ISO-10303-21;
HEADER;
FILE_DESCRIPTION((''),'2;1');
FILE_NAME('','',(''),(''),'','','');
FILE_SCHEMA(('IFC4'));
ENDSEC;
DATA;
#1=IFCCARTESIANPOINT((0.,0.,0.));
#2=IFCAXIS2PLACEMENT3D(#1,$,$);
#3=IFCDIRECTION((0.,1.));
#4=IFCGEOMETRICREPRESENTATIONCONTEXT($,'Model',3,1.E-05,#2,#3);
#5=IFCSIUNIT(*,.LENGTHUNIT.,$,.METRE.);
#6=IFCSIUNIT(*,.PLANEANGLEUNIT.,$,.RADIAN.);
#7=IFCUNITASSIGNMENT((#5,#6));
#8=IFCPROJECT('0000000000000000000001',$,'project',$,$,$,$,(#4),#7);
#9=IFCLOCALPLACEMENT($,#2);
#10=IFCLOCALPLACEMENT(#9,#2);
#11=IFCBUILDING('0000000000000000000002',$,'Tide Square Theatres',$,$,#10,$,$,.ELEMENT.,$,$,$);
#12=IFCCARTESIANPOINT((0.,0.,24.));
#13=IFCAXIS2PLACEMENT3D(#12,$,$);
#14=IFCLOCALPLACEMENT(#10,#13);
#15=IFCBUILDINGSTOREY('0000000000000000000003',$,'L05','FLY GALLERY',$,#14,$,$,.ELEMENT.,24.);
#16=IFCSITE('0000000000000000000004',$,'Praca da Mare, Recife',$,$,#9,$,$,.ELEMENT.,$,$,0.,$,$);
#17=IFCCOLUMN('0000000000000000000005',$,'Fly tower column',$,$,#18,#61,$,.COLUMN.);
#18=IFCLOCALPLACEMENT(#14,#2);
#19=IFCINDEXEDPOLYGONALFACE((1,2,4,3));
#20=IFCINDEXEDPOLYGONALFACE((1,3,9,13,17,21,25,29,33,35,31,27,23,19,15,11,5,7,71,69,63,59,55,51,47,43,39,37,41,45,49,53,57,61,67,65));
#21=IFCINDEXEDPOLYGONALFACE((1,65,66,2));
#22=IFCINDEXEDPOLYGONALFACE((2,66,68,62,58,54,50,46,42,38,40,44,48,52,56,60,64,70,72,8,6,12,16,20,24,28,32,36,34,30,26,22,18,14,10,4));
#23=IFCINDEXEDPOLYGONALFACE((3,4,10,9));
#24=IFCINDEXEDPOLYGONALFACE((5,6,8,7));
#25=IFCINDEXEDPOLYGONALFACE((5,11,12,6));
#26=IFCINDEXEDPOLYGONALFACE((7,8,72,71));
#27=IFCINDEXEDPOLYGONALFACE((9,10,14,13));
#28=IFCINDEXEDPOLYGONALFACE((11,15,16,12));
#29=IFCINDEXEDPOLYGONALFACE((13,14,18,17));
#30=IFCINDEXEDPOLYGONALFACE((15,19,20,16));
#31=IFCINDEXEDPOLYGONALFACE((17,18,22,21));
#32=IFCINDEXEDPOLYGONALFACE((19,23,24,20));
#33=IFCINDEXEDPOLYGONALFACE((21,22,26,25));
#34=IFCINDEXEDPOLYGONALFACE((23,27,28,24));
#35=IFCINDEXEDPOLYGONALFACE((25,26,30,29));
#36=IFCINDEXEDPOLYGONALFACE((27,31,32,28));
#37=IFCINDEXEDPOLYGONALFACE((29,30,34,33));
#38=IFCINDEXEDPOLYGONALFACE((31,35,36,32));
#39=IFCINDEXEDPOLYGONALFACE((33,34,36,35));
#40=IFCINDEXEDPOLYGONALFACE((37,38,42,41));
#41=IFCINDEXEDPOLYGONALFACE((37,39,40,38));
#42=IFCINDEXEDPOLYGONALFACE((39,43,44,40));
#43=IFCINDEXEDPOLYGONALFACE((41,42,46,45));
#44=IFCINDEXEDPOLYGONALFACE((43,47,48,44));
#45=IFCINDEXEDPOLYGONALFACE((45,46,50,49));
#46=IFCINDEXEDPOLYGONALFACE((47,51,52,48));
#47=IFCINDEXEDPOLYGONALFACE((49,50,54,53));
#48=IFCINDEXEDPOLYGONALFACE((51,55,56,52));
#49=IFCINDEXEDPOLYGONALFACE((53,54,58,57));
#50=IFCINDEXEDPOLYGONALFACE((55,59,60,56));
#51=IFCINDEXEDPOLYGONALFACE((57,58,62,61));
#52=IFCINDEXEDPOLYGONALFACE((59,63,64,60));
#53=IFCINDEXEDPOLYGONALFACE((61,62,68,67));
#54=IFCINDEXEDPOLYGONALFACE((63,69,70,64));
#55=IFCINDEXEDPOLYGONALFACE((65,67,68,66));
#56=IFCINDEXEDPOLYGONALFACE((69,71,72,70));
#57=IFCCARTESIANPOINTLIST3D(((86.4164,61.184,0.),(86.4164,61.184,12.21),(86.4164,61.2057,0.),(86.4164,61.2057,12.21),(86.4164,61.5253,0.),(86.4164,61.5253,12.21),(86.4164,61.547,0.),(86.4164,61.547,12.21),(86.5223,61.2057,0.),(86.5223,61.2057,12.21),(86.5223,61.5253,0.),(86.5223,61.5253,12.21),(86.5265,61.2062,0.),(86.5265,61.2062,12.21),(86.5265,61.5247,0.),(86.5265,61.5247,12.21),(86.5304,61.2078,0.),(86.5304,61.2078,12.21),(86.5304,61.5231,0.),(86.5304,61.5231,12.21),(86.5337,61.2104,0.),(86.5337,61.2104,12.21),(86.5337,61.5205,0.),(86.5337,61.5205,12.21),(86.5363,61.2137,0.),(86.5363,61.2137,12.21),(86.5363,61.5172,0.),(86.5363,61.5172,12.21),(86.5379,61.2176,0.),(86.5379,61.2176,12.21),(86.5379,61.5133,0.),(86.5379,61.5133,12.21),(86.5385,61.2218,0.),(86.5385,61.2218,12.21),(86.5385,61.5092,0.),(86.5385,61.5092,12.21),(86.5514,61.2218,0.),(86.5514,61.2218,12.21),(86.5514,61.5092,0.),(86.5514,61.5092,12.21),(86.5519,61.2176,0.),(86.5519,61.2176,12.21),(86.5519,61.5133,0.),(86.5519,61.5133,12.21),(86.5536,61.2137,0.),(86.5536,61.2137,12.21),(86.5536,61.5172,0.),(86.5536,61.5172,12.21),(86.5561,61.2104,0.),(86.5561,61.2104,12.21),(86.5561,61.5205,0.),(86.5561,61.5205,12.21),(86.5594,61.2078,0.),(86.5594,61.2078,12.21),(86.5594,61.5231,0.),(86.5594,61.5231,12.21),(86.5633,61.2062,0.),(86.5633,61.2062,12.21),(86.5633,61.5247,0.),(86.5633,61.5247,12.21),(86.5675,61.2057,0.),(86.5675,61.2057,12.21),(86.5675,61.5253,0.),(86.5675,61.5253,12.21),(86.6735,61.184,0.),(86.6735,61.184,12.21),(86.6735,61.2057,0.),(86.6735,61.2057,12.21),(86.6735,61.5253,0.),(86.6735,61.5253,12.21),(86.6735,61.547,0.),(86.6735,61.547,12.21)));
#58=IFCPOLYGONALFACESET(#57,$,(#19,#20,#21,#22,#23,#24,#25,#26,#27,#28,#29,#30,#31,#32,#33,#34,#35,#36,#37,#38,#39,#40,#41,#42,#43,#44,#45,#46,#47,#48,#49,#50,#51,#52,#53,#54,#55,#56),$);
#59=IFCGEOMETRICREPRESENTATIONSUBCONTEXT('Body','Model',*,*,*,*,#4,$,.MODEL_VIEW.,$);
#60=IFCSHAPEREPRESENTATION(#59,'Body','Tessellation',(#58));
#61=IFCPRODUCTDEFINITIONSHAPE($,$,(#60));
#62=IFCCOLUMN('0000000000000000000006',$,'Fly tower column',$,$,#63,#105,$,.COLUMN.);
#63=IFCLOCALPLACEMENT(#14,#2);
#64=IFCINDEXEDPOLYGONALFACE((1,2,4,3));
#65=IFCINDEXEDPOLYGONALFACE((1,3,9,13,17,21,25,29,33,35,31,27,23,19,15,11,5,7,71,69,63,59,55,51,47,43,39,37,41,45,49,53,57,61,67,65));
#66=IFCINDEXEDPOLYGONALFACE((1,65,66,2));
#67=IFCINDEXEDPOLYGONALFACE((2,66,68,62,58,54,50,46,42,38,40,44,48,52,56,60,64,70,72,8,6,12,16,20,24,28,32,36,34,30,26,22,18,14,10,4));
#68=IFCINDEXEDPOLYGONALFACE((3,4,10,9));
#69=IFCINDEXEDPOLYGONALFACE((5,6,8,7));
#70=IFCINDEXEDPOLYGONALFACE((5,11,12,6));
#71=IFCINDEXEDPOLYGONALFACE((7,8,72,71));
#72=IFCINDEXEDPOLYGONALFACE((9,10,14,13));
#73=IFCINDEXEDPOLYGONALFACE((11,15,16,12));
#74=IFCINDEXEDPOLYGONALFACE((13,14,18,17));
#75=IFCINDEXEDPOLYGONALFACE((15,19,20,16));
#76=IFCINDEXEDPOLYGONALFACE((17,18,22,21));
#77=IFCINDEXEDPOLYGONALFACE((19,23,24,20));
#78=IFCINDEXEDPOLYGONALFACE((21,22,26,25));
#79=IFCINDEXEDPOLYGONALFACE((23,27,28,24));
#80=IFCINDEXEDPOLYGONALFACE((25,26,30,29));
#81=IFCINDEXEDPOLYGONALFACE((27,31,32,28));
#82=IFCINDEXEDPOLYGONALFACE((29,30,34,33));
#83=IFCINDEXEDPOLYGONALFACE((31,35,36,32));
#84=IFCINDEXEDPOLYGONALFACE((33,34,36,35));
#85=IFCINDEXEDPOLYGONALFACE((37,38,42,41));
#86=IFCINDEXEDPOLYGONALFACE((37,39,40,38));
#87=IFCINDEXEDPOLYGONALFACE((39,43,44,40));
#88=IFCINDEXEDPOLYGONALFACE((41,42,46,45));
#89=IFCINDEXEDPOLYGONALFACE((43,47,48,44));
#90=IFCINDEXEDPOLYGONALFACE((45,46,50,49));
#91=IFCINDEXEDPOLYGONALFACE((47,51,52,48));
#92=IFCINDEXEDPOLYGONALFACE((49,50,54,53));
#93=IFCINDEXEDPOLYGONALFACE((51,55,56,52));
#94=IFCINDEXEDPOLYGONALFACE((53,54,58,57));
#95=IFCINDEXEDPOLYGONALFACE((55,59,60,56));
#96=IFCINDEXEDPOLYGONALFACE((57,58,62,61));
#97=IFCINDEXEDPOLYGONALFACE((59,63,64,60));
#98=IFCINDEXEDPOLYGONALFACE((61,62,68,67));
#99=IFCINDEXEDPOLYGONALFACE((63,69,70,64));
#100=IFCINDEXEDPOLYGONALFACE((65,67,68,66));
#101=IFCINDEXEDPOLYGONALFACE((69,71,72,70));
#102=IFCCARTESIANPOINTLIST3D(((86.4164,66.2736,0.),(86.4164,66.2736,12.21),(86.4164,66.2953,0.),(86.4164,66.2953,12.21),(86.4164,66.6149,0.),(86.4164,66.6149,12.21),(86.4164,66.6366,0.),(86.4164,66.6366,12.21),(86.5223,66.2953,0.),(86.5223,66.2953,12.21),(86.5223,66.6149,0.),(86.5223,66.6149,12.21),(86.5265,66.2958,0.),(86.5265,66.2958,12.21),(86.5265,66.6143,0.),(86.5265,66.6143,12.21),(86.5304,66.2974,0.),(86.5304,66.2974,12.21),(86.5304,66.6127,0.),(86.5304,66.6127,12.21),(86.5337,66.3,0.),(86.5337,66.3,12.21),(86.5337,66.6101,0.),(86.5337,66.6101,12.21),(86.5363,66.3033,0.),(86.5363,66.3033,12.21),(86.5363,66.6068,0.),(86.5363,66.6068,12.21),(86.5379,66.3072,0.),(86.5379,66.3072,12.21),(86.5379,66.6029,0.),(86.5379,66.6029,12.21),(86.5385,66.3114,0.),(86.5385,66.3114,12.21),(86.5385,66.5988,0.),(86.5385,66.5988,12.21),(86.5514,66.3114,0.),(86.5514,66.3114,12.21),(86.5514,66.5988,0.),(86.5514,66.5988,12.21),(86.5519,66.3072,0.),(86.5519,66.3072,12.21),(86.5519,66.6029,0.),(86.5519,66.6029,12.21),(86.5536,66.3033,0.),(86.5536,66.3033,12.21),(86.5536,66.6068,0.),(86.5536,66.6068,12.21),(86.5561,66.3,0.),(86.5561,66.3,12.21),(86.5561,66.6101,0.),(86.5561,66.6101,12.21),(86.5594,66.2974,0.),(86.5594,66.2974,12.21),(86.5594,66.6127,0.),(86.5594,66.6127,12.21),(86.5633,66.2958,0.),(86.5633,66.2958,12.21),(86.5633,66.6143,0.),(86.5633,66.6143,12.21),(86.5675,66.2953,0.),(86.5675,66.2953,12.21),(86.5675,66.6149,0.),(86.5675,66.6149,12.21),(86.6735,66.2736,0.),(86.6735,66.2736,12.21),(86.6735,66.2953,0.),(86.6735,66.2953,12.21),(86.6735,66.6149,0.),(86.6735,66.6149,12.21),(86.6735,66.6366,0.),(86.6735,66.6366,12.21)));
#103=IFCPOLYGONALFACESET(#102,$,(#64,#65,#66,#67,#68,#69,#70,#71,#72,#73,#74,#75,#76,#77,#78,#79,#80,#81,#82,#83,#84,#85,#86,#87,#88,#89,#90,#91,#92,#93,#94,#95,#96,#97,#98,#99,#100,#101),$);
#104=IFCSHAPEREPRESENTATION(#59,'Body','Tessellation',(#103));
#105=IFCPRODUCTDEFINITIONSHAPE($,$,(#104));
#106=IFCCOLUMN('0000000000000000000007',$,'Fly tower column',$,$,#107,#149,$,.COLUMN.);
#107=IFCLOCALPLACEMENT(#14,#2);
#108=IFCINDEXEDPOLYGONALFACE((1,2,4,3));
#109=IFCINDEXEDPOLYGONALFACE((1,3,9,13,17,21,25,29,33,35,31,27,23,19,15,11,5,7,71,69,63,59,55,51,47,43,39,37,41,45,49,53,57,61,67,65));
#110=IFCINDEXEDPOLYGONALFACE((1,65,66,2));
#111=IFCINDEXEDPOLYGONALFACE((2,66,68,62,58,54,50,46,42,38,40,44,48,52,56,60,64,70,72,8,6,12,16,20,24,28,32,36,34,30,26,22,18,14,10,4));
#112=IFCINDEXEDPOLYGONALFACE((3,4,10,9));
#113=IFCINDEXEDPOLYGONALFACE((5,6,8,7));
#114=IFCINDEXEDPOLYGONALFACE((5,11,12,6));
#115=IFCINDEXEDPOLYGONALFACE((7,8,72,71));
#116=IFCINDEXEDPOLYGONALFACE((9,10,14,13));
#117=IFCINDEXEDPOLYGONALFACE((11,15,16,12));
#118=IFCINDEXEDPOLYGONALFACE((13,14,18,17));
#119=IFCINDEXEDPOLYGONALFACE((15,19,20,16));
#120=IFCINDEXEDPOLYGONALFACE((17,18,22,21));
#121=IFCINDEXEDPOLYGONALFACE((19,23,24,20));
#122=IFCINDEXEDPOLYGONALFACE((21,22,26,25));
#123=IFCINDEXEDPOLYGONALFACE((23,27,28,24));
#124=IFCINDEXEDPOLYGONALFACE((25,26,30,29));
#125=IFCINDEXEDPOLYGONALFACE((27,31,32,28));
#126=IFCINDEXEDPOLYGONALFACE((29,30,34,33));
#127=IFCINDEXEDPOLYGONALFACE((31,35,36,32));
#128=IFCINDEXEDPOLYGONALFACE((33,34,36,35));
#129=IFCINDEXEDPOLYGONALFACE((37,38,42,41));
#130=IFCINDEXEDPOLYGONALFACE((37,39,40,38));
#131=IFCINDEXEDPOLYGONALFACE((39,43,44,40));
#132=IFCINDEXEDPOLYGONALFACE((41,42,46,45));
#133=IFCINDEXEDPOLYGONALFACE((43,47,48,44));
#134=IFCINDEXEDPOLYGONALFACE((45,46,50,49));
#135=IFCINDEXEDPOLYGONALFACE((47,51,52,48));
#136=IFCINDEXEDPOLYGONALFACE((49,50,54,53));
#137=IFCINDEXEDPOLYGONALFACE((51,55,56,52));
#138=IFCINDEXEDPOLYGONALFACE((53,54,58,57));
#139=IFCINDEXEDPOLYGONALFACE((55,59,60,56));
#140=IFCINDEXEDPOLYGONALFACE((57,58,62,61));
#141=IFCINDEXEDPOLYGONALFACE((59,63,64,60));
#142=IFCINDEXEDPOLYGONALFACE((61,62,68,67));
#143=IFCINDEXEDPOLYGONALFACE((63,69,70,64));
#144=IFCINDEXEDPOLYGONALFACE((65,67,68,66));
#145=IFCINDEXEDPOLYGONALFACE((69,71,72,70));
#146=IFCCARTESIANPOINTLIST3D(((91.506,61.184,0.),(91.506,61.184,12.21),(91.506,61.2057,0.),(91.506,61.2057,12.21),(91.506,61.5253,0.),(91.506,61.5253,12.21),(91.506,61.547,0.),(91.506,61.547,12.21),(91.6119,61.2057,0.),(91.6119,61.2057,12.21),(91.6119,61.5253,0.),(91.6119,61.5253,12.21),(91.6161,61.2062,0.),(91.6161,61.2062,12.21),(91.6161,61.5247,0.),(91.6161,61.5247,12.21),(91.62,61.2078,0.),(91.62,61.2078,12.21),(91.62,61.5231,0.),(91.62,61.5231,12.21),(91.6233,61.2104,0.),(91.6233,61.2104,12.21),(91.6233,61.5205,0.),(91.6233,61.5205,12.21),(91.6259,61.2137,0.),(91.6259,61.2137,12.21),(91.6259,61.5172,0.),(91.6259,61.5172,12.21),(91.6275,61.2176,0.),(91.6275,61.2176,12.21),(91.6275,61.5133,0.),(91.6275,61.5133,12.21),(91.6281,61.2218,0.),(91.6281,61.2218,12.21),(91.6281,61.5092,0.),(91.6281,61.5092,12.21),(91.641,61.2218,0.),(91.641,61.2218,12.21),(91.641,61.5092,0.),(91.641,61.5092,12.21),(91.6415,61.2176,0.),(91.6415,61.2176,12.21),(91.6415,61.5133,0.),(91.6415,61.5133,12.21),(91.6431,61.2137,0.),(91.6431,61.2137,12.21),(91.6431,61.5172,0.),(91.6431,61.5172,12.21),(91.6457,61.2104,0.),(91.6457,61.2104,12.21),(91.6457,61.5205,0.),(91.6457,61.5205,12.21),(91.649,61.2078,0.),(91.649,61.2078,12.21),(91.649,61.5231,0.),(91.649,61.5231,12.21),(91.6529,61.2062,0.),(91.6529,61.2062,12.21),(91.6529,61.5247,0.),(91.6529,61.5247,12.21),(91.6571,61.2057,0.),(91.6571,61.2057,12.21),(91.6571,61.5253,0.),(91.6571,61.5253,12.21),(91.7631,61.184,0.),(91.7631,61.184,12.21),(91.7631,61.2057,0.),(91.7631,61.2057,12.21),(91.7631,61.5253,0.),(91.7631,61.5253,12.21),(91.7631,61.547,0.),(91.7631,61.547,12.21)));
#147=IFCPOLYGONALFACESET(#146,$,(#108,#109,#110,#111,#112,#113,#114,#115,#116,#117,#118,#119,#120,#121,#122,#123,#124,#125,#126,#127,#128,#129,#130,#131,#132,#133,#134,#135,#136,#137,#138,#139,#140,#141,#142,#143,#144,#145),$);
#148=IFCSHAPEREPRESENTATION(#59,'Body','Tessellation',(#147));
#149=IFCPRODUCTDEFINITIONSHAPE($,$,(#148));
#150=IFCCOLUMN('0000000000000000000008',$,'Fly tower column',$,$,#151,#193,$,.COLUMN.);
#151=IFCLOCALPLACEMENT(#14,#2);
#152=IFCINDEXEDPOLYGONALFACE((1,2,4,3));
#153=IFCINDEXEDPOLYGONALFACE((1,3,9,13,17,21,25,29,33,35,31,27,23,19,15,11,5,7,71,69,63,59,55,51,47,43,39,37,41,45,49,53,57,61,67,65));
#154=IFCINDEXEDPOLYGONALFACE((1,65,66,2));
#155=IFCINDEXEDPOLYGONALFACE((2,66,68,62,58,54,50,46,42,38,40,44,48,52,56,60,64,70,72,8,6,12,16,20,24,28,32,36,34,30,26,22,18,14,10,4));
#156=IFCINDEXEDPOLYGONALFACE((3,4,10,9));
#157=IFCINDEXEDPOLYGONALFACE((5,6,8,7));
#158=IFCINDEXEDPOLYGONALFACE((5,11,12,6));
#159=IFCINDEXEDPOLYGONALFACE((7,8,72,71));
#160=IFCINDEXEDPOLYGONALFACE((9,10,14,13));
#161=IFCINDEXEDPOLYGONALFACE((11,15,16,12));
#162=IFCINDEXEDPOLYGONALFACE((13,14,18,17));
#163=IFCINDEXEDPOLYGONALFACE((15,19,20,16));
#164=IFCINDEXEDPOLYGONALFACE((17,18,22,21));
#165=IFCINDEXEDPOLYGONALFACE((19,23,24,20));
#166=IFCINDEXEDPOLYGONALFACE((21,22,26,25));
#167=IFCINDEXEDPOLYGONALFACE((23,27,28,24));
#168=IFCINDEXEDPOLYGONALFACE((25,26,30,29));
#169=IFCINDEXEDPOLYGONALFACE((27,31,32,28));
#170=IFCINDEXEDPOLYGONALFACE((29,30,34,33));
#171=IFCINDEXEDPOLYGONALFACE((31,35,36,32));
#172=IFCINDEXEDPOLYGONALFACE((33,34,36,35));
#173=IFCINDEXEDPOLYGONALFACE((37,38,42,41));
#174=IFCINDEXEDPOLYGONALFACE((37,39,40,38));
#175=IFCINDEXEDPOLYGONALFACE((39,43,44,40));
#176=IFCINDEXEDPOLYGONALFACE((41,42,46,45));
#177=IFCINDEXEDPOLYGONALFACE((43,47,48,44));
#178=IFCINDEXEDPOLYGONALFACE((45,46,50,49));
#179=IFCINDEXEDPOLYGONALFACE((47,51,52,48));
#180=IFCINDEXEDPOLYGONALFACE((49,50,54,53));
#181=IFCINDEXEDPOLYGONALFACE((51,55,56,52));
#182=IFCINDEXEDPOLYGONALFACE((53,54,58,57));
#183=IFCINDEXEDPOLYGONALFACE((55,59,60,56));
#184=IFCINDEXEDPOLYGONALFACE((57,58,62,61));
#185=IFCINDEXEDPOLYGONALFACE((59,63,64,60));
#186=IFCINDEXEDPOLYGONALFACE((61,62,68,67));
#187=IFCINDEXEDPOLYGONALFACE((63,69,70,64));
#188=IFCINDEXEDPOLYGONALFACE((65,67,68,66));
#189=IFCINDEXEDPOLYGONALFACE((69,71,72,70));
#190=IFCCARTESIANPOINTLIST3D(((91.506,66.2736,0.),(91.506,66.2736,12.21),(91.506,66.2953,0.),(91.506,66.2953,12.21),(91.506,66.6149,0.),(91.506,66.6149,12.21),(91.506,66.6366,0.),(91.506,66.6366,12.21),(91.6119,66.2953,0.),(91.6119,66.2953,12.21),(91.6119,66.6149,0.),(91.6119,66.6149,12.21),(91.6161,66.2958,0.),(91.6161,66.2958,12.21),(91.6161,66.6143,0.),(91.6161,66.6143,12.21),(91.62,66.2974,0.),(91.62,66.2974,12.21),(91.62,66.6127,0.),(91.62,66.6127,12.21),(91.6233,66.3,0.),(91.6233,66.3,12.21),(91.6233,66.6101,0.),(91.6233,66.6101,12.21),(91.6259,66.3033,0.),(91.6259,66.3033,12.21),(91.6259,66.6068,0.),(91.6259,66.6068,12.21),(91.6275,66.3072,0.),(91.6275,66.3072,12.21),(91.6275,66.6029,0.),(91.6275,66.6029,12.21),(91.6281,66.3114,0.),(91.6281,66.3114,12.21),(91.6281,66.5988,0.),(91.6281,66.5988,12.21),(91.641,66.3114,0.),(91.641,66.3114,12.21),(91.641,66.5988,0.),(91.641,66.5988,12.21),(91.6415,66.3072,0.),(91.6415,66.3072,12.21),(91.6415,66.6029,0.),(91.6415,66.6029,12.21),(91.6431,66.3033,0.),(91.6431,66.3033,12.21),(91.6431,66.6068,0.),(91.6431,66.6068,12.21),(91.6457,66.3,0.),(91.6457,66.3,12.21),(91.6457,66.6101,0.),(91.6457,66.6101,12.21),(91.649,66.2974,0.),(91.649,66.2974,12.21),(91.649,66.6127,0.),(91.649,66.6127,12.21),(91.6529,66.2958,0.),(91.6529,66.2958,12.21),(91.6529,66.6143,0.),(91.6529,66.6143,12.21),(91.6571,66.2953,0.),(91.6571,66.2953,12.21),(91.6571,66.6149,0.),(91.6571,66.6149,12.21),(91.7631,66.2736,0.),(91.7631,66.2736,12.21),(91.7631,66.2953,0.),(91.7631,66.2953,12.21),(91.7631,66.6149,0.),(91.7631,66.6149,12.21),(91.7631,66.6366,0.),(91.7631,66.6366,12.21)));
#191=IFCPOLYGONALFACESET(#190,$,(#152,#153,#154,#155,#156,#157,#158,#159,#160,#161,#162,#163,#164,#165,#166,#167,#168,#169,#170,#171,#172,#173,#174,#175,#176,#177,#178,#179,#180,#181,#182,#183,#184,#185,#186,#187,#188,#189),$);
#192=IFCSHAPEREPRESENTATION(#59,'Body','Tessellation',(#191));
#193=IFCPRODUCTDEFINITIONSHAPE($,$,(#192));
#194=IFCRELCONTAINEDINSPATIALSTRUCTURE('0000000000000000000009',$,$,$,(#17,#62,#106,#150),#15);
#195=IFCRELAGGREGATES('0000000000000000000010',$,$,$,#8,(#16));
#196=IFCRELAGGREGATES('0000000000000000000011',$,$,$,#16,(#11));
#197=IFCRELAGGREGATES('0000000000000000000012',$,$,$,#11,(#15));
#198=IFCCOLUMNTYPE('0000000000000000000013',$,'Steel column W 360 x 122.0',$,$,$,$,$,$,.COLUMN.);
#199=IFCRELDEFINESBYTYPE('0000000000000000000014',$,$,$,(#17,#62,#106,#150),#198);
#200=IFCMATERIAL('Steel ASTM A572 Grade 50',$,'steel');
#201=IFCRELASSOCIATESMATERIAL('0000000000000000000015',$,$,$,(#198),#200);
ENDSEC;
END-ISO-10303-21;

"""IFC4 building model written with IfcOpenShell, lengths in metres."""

from ifc_helpers import new_model, si_unit, direction, frame, origin, origin_2d, place, context, subcontext, project, spatial, i_section, extrude, material, material_profile, profile_set, type_object, element, save


model = new_model("IFC4")

# Units and contexts
model_context = context("Model", 3, precision=1e-05, world=origin(), true_north=direction((0.0, 1.0)))
body_context = subcontext(model_context, "Body", "Model", "MODEL_VIEW")
ifc_project = project(units=[si_unit("LENGTHUNIT", "METRE"), si_unit("PLANEANGLEUNIT", "RADIAN")], contexts=[model_context])

# Site, building, storey
site_placement = place(None, origin())
site = spatial("IfcSite", under=ifc_project, at=site_placement, Name="Praca da Mare, Recife", CompositionType="ELEMENT", RefElevation=0.0)
building_placement = place(site_placement, origin())
building = spatial("IfcBuilding", under=site, at=building_placement, Name="Tide Square Theatres", CompositionType="ELEMENT")
storey_placement = place(building_placement, frame((0.0, 0.0, 24.0)))
storey = spatial("IfcBuildingStorey", under=building, at=storey_placement, Name="L05", Description="FLY GALLERY", CompositionType="ELEMENT", Elevation=24.0)

# Columns
ifc_material_1 = material(Name="Steel ASTM A572 Grade 50", Category="steel")
ifc_material_profile_1 = material_profile(ifc_material_1, i_section(OverallWidth=0.2571, OverallDepth=0.363, WebThickness=0.0129, FlangeThickness=0.0217, FilletRadius=0.0161, at=origin_2d()))
ifc_profile_set_1 = profile_set([ifc_material_profile_1], Name="Steel ASTM A572 Grade 50")
column_type = type_object("IfcColumnType", Name="Steel column W 360 x 122.0", PredefinedType="COLUMN", material=ifc_profile_set_1)
for number, where, z_axis, x_axis, name in (
    (1, (86.5449, 61.3655, 0.0), (0.0, 0.0, 1.0), (1.0, 0.0, 0.0), "Fly tower column"),
    (2, (86.5449, 66.4551, 0.0), (0.0, 0.0, 1.0), (1.0, 0.0, 0.0), "Fly tower column"),
    (3, (91.6345, 61.3655, 0.0), (0.0, 0.0, 1.0), (1.0, 0.0, 0.0), "Fly tower column"),
    (4, (91.6345, 66.4551, 0.0), (0.0, 0.0, 1.0), (1.0, 0.0, 0.0), "Fly tower column"),
):
    element("IfcColumn", number, at=place(storey_placement, frame(where, z_axis=z_axis, x_axis=x_axis)), inside=storey, type_object=column_type, Name=name, PredefinedType="COLUMN", context=body_context, shape_type="SweptSolid", body=[
        extrude(i_section(OverallWidth=0.2571, OverallDepth=0.363, WebThickness=0.0129, FlangeThickness=0.0217, FilletRadius=0.0161, at=origin_2d()), origin(), (0.0, 0.0, 1.0), 12.21),
    ])

save(model, "model.ifc")
